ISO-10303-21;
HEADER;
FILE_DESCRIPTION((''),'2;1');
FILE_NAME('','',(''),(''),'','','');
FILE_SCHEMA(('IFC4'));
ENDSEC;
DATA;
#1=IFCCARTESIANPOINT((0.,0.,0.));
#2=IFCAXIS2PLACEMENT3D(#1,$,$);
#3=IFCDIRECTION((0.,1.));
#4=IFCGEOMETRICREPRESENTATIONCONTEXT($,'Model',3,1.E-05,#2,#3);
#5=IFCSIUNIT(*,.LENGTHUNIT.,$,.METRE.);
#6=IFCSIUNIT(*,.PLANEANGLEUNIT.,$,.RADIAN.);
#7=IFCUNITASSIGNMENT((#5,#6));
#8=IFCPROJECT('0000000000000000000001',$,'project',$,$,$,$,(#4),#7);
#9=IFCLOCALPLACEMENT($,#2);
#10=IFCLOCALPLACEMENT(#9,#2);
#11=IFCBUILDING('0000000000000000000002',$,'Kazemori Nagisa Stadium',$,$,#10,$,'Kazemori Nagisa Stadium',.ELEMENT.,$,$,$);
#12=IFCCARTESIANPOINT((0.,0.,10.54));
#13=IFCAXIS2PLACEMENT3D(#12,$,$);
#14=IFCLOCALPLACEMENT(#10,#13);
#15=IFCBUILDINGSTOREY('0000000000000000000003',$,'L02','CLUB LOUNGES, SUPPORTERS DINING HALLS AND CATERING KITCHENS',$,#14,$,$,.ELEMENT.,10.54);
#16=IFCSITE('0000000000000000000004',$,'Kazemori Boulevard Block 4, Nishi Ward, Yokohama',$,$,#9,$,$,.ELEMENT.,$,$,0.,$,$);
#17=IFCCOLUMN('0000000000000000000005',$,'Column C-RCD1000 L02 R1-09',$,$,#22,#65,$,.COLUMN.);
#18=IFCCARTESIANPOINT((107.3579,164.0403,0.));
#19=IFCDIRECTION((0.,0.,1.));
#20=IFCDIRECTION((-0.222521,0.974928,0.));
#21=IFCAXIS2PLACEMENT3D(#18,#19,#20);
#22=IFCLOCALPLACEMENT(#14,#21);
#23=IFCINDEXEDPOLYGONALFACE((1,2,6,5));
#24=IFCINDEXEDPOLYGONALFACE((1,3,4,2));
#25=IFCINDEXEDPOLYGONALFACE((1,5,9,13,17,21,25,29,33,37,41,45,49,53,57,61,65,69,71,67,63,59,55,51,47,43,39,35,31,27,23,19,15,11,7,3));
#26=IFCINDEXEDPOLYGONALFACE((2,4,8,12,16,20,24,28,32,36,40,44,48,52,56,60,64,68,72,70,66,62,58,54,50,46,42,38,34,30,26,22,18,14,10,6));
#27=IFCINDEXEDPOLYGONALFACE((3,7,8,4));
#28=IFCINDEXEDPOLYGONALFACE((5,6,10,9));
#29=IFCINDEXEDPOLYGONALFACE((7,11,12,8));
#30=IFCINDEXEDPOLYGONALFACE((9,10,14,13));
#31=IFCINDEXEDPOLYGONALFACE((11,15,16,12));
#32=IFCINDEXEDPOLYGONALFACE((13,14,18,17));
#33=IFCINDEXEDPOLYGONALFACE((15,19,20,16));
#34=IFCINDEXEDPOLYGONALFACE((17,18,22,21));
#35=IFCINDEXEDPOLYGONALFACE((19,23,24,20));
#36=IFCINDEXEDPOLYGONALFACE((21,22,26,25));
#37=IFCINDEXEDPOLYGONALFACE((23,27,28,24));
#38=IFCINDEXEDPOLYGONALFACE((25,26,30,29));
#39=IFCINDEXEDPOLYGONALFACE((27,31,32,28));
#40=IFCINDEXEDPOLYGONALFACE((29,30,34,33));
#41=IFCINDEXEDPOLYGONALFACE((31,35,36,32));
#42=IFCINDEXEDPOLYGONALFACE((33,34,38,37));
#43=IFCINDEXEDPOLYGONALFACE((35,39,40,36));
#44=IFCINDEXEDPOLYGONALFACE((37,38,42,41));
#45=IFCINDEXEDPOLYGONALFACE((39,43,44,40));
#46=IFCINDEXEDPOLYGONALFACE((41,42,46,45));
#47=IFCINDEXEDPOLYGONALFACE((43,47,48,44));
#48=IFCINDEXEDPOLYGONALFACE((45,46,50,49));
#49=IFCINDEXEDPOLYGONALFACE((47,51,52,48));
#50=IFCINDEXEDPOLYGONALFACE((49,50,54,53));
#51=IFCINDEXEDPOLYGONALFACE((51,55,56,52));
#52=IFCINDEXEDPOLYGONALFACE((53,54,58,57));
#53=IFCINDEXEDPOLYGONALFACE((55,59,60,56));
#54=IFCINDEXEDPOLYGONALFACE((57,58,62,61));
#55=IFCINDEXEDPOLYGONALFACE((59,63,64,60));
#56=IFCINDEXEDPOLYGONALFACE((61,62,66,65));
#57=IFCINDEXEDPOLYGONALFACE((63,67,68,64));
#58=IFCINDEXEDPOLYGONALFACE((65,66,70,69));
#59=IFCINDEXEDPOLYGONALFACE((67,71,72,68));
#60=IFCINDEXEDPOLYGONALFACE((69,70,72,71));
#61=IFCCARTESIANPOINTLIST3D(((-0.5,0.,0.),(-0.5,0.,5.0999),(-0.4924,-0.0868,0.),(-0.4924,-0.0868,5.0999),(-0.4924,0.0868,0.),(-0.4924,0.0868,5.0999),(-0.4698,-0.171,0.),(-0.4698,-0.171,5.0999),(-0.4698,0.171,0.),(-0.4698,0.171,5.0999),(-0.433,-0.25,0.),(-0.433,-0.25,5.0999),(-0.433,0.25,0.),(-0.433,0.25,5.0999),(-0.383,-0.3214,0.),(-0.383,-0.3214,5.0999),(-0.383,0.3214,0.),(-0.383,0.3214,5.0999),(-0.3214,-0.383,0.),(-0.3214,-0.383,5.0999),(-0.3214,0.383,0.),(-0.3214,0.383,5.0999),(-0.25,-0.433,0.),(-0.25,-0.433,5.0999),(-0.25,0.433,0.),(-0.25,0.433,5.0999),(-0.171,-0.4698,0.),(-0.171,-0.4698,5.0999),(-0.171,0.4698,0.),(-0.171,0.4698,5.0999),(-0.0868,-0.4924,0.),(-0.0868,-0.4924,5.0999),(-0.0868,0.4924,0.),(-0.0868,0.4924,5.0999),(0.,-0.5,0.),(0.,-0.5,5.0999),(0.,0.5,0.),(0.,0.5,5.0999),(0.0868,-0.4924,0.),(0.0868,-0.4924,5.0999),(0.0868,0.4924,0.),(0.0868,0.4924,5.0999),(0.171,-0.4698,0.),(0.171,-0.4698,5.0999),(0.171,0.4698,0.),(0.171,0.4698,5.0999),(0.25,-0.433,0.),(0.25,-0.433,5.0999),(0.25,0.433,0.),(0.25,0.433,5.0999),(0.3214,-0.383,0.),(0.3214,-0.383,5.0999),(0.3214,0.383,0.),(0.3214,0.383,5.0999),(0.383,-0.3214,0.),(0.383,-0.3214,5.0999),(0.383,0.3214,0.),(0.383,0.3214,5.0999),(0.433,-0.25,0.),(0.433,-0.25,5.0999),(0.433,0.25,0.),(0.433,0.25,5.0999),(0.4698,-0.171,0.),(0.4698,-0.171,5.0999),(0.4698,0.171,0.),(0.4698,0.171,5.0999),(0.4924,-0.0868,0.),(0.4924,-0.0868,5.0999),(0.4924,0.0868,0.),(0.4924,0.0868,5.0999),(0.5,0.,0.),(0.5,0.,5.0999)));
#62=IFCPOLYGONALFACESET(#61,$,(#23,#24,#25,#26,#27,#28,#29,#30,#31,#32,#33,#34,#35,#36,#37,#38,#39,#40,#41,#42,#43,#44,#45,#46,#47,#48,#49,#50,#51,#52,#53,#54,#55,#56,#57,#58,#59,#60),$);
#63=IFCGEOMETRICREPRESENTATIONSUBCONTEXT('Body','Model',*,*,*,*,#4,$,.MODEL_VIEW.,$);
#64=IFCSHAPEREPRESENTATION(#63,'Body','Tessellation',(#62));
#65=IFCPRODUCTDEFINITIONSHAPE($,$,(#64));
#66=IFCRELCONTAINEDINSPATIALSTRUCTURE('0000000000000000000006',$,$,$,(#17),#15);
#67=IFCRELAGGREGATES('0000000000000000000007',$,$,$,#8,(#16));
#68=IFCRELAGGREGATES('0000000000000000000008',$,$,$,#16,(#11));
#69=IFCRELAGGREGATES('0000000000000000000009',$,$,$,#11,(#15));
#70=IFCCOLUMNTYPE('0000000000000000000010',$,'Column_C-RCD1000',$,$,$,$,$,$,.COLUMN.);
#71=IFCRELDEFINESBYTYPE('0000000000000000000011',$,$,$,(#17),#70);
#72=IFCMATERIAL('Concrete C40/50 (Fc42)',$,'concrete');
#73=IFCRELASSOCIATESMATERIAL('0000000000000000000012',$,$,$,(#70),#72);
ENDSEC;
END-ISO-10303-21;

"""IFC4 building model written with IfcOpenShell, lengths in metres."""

from ifc_helpers import new_model, si_unit, direction, frame, origin, origin_2d, place, context, subcontext, project, spatial, circle, extrude, material, material_profile, profile_set, type_object, element, save


model = new_model("IFC4")

# Units and contexts
model_context = context("Model", 3, precision=1e-05, world=origin(), true_north=direction((0.0, 1.0)))
body_context = subcontext(model_context, "Body", "Model", "MODEL_VIEW")
ifc_project = project(units=[si_unit("LENGTHUNIT", "METRE"), si_unit("PLANEANGLEUNIT", "RADIAN")], contexts=[model_context])

# Site, building, storey
site_placement = place(None, origin())
site = spatial("IfcSite", under=ifc_project, at=site_placement, Name="Kazemori Boulevard Block 4, Nishi Ward, Yokohama", CompositionType="ELEMENT", RefElevation=0.0)
building_placement = place(site_placement, origin())
building = spatial("IfcBuilding", under=site, at=building_placement, Name="Kazemori Nagisa Stadium", LongName="Kazemori Nagisa Stadium", CompositionType="ELEMENT")
storey_placement = place(building_placement, frame((0.0, 0.0, 10.54)))
storey = spatial("IfcBuildingStorey", under=building, at=storey_placement, Name="L02", Description="CLUB LOUNGES, SUPPORTERS DINING HALLS AND CATERING KITCHENS", CompositionType="ELEMENT", Elevation=10.54)

# Column
ifc_material_1 = material(Name="Concrete C40/50 (Fc42)", Category="concrete")
ifc_material_profile_1 = material_profile(ifc_material_1, circle(Radius=0.5, at=origin_2d()), Name="RC-COL-D1000")
ifc_profile_set_1 = profile_set([ifc_material_profile_1], Name="Concrete C40/50 (Fc42)")
column_type = type_object("IfcColumnType", Name="Column_C-RCD1000", PredefinedType="COLUMN", material=ifc_profile_set_1)
column_placement = place(storey_placement, frame((107.3579, 164.0403, 0.0), z_axis=(0.0, 0.0, 1.0), x_axis=(-0.222521, 0.974928, 0.0)))
element("IfcColumn", 1, at=column_placement, inside=storey, type_object=column_type, Name="Column C-RCD1000 L02 R1-09", PredefinedType="COLUMN", context=body_context, shape_type="SweptSolid", body=[
    extrude(circle(Radius=0.5, at=origin_2d()), origin(), (0.0, 0.0, 1.0), 5.0999),
])

save(model, "model.ifc")
